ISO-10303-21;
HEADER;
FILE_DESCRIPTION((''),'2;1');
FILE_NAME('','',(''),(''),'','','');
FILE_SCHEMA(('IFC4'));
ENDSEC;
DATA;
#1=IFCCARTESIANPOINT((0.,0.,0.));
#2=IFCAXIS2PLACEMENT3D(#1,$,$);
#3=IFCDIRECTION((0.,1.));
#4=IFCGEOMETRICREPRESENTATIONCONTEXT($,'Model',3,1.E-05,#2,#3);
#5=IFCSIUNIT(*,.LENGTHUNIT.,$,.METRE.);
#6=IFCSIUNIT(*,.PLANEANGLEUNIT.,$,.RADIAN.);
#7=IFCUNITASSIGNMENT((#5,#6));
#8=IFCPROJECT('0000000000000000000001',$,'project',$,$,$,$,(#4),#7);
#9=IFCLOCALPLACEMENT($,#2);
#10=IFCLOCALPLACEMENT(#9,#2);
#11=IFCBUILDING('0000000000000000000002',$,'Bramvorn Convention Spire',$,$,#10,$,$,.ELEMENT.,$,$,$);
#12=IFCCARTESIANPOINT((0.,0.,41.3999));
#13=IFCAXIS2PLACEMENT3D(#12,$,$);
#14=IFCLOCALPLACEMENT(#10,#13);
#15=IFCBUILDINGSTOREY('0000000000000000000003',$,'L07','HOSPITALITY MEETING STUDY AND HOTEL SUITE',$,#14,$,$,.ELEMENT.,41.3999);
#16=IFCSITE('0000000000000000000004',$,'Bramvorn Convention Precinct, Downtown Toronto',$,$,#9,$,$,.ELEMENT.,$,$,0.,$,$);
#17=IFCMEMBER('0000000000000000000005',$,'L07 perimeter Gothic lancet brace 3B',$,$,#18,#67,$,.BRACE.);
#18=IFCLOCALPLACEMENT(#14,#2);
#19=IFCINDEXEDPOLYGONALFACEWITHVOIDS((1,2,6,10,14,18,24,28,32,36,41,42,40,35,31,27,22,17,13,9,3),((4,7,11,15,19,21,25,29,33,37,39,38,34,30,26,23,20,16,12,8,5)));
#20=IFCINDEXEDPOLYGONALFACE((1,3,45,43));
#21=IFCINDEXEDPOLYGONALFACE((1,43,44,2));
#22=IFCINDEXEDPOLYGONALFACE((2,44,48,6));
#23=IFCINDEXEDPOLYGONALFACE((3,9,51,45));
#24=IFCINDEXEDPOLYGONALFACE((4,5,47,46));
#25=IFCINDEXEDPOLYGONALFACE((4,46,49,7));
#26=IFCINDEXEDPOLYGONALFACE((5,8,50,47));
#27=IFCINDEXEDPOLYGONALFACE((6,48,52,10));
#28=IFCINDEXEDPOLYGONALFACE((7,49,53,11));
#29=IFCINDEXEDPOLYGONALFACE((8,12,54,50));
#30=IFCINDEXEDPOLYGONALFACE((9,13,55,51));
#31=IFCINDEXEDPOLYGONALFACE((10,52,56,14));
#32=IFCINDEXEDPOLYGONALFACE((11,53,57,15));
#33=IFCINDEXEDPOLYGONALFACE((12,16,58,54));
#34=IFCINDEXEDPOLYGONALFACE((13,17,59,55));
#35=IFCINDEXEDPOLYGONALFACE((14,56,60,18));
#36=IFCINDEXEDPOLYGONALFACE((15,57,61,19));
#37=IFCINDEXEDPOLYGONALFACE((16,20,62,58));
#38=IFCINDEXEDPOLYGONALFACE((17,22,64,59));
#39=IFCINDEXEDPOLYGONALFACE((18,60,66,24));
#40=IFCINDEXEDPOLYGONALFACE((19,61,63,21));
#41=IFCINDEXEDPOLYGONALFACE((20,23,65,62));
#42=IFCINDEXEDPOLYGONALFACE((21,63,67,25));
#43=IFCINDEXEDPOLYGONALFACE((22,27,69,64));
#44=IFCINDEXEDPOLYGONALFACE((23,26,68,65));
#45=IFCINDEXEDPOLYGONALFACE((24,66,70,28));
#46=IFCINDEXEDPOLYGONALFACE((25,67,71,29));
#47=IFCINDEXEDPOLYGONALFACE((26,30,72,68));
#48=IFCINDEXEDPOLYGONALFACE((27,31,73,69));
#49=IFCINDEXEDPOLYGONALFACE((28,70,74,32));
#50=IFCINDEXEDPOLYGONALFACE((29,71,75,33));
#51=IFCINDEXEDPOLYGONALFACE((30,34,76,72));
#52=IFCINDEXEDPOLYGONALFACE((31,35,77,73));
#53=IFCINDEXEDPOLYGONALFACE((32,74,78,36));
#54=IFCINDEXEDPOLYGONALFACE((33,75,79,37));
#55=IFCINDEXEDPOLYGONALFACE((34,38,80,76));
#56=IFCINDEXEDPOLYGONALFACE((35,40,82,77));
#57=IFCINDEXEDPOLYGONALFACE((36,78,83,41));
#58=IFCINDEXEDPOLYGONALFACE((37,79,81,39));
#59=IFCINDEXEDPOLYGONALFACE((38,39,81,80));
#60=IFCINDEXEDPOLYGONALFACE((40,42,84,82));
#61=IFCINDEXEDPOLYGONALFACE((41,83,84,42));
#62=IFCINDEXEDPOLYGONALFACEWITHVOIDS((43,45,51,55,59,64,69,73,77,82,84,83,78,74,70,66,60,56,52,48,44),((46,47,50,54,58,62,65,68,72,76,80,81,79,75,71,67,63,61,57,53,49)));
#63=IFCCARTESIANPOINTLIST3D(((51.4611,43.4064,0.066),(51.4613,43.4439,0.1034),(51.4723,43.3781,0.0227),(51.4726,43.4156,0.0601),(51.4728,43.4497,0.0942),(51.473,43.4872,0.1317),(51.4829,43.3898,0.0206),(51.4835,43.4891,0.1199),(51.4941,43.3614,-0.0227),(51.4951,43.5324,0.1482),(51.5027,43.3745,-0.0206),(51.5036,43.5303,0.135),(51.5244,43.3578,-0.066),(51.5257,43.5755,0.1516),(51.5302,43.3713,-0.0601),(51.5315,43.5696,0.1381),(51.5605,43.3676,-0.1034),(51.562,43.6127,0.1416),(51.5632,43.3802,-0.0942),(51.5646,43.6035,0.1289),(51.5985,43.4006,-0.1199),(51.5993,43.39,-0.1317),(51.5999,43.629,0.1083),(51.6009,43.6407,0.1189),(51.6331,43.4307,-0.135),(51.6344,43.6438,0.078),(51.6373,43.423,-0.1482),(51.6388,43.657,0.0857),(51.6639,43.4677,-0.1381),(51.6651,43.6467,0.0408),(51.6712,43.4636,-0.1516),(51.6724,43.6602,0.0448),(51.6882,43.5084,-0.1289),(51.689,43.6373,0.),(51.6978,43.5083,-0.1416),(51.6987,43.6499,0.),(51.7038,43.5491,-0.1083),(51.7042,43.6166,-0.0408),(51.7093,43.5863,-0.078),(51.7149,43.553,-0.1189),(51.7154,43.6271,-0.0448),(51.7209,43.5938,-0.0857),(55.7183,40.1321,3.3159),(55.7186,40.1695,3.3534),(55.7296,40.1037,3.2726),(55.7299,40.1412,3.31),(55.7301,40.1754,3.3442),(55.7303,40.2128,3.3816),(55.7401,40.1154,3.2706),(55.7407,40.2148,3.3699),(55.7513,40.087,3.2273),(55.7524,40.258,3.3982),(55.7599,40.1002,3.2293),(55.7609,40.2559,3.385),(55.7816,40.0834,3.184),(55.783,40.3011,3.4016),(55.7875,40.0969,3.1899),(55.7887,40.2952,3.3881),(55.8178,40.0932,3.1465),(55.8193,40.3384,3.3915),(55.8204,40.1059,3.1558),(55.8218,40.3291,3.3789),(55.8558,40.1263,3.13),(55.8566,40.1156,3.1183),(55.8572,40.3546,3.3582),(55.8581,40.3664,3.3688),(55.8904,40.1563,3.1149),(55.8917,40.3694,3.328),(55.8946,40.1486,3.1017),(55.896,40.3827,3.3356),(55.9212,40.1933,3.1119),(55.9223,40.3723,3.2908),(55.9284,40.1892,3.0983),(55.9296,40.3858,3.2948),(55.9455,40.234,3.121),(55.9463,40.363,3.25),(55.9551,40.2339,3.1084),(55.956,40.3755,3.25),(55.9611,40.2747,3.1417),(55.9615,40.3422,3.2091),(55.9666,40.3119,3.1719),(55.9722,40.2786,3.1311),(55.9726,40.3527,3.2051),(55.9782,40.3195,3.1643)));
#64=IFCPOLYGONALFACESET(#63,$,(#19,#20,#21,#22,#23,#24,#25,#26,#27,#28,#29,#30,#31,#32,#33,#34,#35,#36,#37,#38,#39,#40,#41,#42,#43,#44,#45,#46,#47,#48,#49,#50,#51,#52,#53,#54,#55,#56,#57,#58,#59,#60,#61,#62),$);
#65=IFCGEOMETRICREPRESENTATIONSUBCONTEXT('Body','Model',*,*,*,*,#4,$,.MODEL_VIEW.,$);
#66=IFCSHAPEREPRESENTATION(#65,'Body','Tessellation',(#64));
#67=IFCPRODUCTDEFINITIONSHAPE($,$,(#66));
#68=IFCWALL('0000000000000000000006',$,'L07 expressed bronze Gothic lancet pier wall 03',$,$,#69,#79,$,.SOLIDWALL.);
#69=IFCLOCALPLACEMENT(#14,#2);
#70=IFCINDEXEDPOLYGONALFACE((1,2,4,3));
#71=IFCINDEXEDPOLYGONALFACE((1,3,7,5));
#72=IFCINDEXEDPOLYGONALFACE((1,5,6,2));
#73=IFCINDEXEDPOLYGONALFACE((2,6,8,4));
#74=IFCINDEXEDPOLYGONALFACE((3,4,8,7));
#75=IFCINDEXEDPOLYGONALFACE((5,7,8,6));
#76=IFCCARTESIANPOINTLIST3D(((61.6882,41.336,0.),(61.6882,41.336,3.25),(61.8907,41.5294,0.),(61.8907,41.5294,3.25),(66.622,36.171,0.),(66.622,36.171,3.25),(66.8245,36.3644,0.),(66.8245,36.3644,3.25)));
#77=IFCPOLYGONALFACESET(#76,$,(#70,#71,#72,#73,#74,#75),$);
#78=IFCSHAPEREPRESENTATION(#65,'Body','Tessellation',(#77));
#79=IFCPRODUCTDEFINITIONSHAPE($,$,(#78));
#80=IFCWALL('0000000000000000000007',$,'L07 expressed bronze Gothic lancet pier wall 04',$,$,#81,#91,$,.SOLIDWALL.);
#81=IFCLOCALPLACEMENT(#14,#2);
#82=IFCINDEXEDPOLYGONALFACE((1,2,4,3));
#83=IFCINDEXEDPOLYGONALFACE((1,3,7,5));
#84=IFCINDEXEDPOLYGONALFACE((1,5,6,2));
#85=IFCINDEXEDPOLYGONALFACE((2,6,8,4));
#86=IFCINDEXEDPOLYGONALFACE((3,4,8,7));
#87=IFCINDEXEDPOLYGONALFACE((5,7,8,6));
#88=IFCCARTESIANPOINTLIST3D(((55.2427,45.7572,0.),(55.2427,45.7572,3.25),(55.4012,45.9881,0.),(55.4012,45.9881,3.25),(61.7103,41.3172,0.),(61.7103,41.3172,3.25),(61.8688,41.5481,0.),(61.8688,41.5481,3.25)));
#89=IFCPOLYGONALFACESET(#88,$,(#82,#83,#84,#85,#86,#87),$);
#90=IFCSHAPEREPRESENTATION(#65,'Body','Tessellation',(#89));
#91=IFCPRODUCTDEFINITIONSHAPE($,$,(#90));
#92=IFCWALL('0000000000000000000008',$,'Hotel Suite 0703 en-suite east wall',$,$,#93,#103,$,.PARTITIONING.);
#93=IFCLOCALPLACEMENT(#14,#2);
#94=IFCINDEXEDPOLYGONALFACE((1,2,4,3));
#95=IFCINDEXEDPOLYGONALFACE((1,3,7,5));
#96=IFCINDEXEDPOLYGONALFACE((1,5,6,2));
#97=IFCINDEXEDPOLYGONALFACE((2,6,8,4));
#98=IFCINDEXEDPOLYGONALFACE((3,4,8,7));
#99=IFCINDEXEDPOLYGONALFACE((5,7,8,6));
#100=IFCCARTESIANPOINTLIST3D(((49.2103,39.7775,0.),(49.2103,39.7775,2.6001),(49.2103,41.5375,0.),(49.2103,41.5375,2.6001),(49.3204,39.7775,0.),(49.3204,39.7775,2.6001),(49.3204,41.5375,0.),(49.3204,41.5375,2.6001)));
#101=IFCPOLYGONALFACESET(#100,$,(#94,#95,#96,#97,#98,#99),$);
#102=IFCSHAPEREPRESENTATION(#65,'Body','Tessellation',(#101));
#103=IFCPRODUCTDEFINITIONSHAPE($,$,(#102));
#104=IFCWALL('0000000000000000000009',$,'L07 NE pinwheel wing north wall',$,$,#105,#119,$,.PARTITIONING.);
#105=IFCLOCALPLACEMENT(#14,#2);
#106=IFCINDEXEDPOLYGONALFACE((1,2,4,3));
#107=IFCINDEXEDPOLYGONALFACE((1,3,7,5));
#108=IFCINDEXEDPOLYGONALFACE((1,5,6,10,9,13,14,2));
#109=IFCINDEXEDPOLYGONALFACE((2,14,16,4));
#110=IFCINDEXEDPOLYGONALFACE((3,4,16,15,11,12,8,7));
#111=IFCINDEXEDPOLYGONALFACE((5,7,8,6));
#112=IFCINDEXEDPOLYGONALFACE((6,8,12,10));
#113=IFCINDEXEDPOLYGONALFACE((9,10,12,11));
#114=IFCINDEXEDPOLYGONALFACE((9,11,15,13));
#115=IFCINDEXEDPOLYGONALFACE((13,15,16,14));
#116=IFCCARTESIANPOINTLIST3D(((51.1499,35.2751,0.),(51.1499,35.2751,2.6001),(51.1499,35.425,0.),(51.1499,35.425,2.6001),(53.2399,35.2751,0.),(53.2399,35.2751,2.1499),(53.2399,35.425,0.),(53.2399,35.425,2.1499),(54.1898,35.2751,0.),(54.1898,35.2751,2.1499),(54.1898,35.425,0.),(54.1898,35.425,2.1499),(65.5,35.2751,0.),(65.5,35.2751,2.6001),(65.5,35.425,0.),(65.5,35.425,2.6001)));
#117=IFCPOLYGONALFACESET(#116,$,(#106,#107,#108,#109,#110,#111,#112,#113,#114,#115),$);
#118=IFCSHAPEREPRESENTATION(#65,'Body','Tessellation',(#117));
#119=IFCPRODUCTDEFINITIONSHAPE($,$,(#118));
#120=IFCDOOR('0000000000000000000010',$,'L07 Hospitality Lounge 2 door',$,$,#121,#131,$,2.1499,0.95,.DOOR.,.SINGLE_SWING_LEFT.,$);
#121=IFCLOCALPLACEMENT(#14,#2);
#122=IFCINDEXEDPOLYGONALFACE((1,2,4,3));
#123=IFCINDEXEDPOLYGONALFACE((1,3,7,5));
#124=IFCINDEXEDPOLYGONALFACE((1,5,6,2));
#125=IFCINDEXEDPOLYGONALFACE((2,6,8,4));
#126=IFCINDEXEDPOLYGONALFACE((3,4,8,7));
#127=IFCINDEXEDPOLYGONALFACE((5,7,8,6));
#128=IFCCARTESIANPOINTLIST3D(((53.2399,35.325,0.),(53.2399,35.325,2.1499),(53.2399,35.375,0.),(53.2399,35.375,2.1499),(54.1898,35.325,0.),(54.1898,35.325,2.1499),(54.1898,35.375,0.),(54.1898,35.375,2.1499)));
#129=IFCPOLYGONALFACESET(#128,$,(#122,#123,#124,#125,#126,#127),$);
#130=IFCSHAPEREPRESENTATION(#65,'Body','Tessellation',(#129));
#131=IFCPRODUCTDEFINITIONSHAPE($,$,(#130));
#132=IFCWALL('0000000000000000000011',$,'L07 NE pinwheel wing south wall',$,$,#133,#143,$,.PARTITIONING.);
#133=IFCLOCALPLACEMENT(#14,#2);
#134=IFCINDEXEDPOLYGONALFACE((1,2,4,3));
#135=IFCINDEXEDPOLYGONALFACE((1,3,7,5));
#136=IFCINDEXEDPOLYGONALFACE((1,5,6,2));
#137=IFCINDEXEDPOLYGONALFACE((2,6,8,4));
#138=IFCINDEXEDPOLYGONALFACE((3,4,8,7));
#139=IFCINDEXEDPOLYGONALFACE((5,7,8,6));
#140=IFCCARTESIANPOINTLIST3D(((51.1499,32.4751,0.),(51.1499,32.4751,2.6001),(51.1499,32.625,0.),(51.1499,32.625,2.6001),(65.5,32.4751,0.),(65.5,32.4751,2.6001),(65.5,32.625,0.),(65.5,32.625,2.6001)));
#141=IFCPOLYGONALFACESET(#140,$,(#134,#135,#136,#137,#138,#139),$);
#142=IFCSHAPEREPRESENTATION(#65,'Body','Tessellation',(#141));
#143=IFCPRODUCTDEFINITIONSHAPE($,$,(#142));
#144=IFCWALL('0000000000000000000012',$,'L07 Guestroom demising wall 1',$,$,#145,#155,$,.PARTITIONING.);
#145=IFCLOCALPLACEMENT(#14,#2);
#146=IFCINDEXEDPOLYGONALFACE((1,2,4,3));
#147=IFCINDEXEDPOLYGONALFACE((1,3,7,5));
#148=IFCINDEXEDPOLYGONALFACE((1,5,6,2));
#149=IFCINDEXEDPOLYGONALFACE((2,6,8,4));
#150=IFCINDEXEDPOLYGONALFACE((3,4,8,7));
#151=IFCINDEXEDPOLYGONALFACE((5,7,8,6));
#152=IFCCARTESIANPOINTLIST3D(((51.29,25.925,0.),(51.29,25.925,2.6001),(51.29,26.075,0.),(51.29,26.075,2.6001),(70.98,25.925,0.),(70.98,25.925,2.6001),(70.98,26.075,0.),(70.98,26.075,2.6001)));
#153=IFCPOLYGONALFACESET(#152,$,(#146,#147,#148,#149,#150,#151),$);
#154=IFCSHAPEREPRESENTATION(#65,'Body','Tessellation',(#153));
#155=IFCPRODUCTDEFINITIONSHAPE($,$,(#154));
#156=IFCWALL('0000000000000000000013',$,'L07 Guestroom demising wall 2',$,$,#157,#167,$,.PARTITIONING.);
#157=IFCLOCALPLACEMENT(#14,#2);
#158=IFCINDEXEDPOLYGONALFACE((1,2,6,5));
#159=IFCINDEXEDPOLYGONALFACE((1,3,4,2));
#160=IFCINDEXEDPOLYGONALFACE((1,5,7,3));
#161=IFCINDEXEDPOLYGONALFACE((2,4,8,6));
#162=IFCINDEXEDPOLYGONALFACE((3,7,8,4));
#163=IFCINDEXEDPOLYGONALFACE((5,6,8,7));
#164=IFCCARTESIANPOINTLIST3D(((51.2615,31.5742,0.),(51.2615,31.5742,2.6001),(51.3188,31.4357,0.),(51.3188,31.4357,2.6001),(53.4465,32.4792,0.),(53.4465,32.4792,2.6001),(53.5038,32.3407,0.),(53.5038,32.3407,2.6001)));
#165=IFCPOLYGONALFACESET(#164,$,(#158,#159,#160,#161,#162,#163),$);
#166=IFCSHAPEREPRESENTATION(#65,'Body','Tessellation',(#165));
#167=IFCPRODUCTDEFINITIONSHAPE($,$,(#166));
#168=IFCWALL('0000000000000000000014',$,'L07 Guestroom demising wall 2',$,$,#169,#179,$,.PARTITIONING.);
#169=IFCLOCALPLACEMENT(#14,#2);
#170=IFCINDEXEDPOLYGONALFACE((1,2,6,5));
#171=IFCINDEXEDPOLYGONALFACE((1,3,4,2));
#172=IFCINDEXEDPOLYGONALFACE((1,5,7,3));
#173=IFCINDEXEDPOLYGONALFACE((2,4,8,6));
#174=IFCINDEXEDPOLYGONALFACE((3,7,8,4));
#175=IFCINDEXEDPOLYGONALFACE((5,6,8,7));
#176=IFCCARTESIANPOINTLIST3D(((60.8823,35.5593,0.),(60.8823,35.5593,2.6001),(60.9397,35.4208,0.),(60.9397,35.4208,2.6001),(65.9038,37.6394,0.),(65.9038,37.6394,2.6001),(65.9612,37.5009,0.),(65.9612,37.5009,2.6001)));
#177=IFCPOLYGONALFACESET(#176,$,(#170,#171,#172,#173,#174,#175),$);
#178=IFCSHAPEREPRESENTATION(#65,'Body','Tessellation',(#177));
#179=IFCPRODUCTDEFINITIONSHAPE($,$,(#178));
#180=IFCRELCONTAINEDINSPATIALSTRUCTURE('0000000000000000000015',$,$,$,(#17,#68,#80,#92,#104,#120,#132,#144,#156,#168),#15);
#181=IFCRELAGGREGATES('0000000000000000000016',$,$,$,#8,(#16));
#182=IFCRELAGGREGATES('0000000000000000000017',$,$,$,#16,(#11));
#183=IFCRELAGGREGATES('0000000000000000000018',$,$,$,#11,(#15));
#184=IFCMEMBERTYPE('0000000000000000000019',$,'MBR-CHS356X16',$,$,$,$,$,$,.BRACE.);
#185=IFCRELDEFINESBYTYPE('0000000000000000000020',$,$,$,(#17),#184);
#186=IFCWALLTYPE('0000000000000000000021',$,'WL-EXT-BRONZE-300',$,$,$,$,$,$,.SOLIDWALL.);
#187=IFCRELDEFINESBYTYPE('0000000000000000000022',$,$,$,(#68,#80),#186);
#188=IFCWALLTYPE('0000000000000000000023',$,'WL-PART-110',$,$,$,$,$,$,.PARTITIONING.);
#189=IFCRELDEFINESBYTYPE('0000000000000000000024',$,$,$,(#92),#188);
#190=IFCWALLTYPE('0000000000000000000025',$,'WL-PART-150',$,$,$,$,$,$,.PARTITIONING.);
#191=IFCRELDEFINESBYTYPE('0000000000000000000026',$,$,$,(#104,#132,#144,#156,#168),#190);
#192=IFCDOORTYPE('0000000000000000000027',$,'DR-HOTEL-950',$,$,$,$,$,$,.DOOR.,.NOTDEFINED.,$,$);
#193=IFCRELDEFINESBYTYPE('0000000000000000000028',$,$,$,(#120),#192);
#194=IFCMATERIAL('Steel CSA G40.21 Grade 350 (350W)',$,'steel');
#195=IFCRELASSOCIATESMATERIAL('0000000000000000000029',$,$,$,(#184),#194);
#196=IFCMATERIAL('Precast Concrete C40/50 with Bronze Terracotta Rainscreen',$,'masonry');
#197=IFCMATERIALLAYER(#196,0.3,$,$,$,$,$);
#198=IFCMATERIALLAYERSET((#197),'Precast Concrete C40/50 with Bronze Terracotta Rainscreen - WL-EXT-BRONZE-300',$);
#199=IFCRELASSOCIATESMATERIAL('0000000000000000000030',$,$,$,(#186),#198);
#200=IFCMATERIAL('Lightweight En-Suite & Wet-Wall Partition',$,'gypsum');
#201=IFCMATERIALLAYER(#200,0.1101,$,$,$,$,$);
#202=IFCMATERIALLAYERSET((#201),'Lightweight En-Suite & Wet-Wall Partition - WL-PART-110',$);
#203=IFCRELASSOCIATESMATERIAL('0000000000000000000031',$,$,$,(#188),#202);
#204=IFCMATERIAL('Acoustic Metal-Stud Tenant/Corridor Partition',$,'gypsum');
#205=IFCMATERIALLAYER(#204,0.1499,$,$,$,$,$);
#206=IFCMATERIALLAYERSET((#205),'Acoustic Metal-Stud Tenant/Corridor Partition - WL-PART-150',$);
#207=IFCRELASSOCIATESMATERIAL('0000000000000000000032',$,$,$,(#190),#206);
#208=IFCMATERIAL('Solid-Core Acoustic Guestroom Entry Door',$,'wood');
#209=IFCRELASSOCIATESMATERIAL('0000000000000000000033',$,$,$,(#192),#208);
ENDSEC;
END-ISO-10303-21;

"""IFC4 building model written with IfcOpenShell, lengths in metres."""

from ifc_helpers import new_model, si_unit, direction, frame, frame_2d, origin, origin_2d, place, context, subcontext, project, spatial, rectangle, hollow_circle, extrude, material, layer, layer_set, material_profile, profile_set, type_object, element, fill, save


model = new_model("IFC4")

# Units and contexts
model_context = context("Model", 3, precision=1e-05, world=origin(), true_north=direction((0.0, 1.0)))
body_context = subcontext(model_context, "Body", "Model", "MODEL_VIEW")
ifc_project = project(units=[si_unit("LENGTHUNIT", "METRE"), si_unit("PLANEANGLEUNIT", "RADIAN")], contexts=[model_context])

# Site, building, storey
site_placement = place(None, origin())
site = spatial("IfcSite", under=ifc_project, at=site_placement, Name="Bramvorn Convention Precinct, Downtown Toronto", CompositionType="ELEMENT", RefElevation=0.0)
building_placement = place(site_placement, origin())
building = spatial("IfcBuilding", under=site, at=building_placement, Name="Bramvorn Convention Spire", CompositionType="ELEMENT")
storey_placement = place(building_placement, frame((0.0, 0.0, 41.3999)))
storey = spatial("IfcBuildingStorey", under=building, at=storey_placement, Name="L07", Description="HOSPITALITY MEETING STUDY AND HOTEL SUITE", CompositionType="ELEMENT", Elevation=41.3999)

# Shared definitions
ifc_material_1 = material(Name="Steel CSA G40.21 Grade 350 (350W)", Category="steel")

# Member
ifc_material_profile_1 = material_profile(ifc_material_1, hollow_circle(Radius=0.1777, WallThickness=0.0159, at=origin_2d()))
ifc_profile_set_1 = profile_set([ifc_material_profile_1], Name="Steel CSA G40.21 Grade 350 (350W) - CHS356X16")
member_type = type_object("IfcMemberType", Name="MBR-CHS356X16", PredefinedType="BRACE", material=ifc_profile_set_1)
member_1_placement = place(storey_placement, frame((51.5903, 43.509, 0.0), z_axis=(0.67817, -0.521597, 0.517708), x_axis=(0.609658, 0.792665, 0.0)))
element("IfcMember", 1, at=member_1_placement, inside=storey, type_object=member_type, Name="L07 perimeter Gothic lancet brace 3B", PredefinedType="BRACE", context=body_context, shape_type="SweptSolid", body=[
    extrude(hollow_circle(Radius=0.1777, WallThickness=0.0159, at=origin_2d()), origin(), (0.0, 0.0, 1.0), 6.2776),
])

# Walls
ifc_material_2 = material(Name="Precast Concrete C40/50 with Bronze Terracotta Rainscreen", Category="masonry")
ifc_layer_1 = layer(ifc_material_2, 0.3)
ifc_layer_set_1 = layer_set([ifc_layer_1], Name="Precast Concrete C40/50 with Bronze Terracotta Rainscreen - WL-EXT-BRONZE-300")
wall_type_1 = type_object("IfcWallType", Name="WL-EXT-BRONZE-300", PredefinedType="SOLIDWALL", material=ifc_layer_set_1)
wall_1_placement = place(storey_placement, frame((61.7896, 41.4326, 0.0), z_axis=(0.0, 0.0, 1.0), x_axis=(0.690737, -0.723106, 0.0)))
element("IfcWall", 2, at=wall_1_placement, inside=storey, type_object=wall_type_1, Name="L07 expressed bronze Gothic lancet pier wall 03", PredefinedType="SOLIDWALL", context=body_context, shape_type="SweptSolid", body=[
    extrude(rectangle(XDim=7.1428, YDim=0.28, at=frame_2d((3.5713, 0.0))), origin(), (0.0, 0.0, 1.0), 3.25),
])
wall_2_placement = place(storey_placement, frame((55.322, 45.8726, 0.0), z_axis=(0.0, 0.0, 1.0), x_axis=(0.824428, -0.565967, 0.0)))
element("IfcWall", 3, at=wall_2_placement, inside=storey, type_object=wall_type_1, Name="L07 expressed bronze Gothic lancet pier wall 04", PredefinedType="SOLIDWALL", context=body_context, shape_type="SweptSolid", body=[
    extrude(rectangle(XDim=7.845, YDim=0.28, at=frame_2d((3.9224, 0.0))), origin(), (0.0, 0.0, 1.0), 3.25),
])
ifc_material_3 = material(Name="Lightweight En-Suite & Wet-Wall Partition", Category="gypsum")
ifc_layer_2 = layer(ifc_material_3, 0.1101)
ifc_layer_set_2 = layer_set([ifc_layer_2], Name="Lightweight En-Suite & Wet-Wall Partition - WL-PART-110")
wall_type_2 = type_object("IfcWallType", Name="WL-PART-110", PredefinedType="PARTITIONING", material=ifc_layer_set_2)
wall_3_placement = place(storey_placement, frame((49.2654, 39.7776, 0.0), z_axis=(0.0, 0.0, 1.0), x_axis=(0.0, 1.0, 0.0)))
element("IfcWall", 4, at=wall_3_placement, inside=storey, type_object=wall_type_2, Name="Hotel Suite 0703 en-suite east wall", PredefinedType="PARTITIONING", context=body_context, shape_type="SweptSolid", body=[
    extrude(rectangle(XDim=1.76, YDim=0.1101, at=frame_2d((0.8799, 0.0))), origin(), (0.0, 0.0, 1.0), 2.6001),
])

# Wall, opening, door
ifc_material_4 = material(Name="Acoustic Metal-Stud Tenant/Corridor Partition", Category="gypsum")
ifc_layer_3 = layer(ifc_material_4, 0.1499)
ifc_layer_set_3 = layer_set([ifc_layer_3], Name="Acoustic Metal-Stud Tenant/Corridor Partition - WL-PART-150")
wall_type_3 = type_object("IfcWallType", Name="WL-PART-150", PredefinedType="PARTITIONING", material=ifc_layer_set_3)
wall_4_placement = place(storey_placement, frame((51.1499, 35.3501, 0.0), z_axis=(0.0, 0.0, 1.0), x_axis=(1.0, 0.0, 0.0)))
wall_4 = element("IfcWall", 5, at=wall_4_placement, inside=storey, type_object=wall_type_3, Name="L07 NE pinwheel wing north wall", PredefinedType="PARTITIONING", context=body_context, shape_type="SweptSolid", body=[
    extrude(rectangle(XDim=14.3501, YDim=0.1499, at=frame_2d((7.175, 0.0))), origin(), (0.0, 0.0, 1.0), 2.6001),
])
opening_placement = place(wall_4_placement, frame((2.0898, 0.0, 0.0)))
opening = element("IfcOpeningElement", 6, at=opening_placement, cuts=wall_4, PredefinedType="OPENING", context=body_context, shape_type="SweptSolid", body=[
    extrude(rectangle(XDim=0.95, YDim=2.1499, at=frame_2d((0.4751, 1.075))), frame((0.0, 0.085, 0.0), z_axis=(0.0, -1.0, 0.0), x_axis=(1.0, 0.0, 0.0)), (0.0, 0.0, 1.0), 0.1699),
])
ifc_material_5 = material(Name="Solid-Core Acoustic Guestroom Entry Door", Category="wood")
door_type = type_object("IfcDoorType", Name="DR-HOTEL-950", OperationType="NOTDEFINED", PredefinedType="DOOR", material=ifc_material_5)
door_placement = place(opening_placement, origin())
door = element("IfcDoor", 7, at=door_placement, inside=storey, type_object=door_type, Name="L07 Hospitality Lounge 2 door", OperationType="SINGLE_SWING_LEFT", OverallHeight=2.1499, OverallWidth=0.95, PredefinedType="DOOR", context=body_context, shape_type="SweptSolid", body=[
    extrude(rectangle(XDim=0.95, YDim=2.1499, at=frame_2d((0.4751, 1.075))), frame((0.0, 0.0249, 0.0), z_axis=(0.0, -1.0, 0.0), x_axis=(1.0, 0.0, 0.0)), (0.0, 0.0, 1.0), 0.05),
])
fill(opening, door)

# Walls
wall_5_placement = place(storey_placement, frame((51.1499, 32.55, 0.0), z_axis=(0.0, 0.0, 1.0), x_axis=(1.0, 0.0, 0.0)))
element("IfcWall", 8, at=wall_5_placement, inside=storey, type_object=wall_type_3, Name="L07 NE pinwheel wing south wall", PredefinedType="PARTITIONING", context=body_context, shape_type="SweptSolid", body=[
    extrude(rectangle(XDim=14.3501, YDim=0.1499, at=frame_2d((7.175, 0.0))), origin(), (0.0, 0.0, 1.0), 2.6001),
])
wall_6_placement = place(storey_placement, frame((51.29, 26.0, 0.0), z_axis=(0.0, 0.0, 1.0), x_axis=(1.0, 0.0, 0.0)))
element("IfcWall", 9, at=wall_6_placement, inside=storey, type_object=wall_type_3, Name="L07 Guestroom demising wall 1", PredefinedType="PARTITIONING", context=body_context, shape_type="SweptSolid", body=[
    extrude(rectangle(XDim=19.6899, YDim=0.1499, at=frame_2d((9.845, 0.0))), origin(), (0.0, 0.0, 1.0), 2.6001),
])
wall_7_placement = place(storey_placement, frame((51.29, 31.5049, 0.0), z_axis=(0.0, 0.0, 1.0), x_axis=(0.923887, 0.382665, 0.0)))
element("IfcWall", 10, at=wall_7_placement, inside=storey, type_object=wall_type_3, Name="L07 Guestroom demising wall 2", PredefinedType="PARTITIONING", context=body_context, shape_type="SweptSolid", body=[
    extrude(rectangle(XDim=2.365, YDim=0.1499, at=frame_2d((1.1826, 0.0))), origin(), (0.0, 0.0, 1.0), 2.6001),
])
wall_8_placement = place(storey_placement, frame((60.9109, 35.49, 0.0), z_axis=(0.0, 0.0, 1.0), x_axis=(0.923872, 0.382701, 0.0)))
element("IfcWall", 11, at=wall_8_placement, inside=storey, type_object=wall_type_3, Name="L07 Guestroom demising wall 2", PredefinedType="PARTITIONING", context=body_context, shape_type="SweptSolid", body=[
    extrude(rectangle(XDim=5.4353, YDim=0.1499, at=frame_2d((2.7178, 0.0))), origin(), (0.0, 0.0, 1.0), 2.6001),
])

save(model, "model.ifc")
